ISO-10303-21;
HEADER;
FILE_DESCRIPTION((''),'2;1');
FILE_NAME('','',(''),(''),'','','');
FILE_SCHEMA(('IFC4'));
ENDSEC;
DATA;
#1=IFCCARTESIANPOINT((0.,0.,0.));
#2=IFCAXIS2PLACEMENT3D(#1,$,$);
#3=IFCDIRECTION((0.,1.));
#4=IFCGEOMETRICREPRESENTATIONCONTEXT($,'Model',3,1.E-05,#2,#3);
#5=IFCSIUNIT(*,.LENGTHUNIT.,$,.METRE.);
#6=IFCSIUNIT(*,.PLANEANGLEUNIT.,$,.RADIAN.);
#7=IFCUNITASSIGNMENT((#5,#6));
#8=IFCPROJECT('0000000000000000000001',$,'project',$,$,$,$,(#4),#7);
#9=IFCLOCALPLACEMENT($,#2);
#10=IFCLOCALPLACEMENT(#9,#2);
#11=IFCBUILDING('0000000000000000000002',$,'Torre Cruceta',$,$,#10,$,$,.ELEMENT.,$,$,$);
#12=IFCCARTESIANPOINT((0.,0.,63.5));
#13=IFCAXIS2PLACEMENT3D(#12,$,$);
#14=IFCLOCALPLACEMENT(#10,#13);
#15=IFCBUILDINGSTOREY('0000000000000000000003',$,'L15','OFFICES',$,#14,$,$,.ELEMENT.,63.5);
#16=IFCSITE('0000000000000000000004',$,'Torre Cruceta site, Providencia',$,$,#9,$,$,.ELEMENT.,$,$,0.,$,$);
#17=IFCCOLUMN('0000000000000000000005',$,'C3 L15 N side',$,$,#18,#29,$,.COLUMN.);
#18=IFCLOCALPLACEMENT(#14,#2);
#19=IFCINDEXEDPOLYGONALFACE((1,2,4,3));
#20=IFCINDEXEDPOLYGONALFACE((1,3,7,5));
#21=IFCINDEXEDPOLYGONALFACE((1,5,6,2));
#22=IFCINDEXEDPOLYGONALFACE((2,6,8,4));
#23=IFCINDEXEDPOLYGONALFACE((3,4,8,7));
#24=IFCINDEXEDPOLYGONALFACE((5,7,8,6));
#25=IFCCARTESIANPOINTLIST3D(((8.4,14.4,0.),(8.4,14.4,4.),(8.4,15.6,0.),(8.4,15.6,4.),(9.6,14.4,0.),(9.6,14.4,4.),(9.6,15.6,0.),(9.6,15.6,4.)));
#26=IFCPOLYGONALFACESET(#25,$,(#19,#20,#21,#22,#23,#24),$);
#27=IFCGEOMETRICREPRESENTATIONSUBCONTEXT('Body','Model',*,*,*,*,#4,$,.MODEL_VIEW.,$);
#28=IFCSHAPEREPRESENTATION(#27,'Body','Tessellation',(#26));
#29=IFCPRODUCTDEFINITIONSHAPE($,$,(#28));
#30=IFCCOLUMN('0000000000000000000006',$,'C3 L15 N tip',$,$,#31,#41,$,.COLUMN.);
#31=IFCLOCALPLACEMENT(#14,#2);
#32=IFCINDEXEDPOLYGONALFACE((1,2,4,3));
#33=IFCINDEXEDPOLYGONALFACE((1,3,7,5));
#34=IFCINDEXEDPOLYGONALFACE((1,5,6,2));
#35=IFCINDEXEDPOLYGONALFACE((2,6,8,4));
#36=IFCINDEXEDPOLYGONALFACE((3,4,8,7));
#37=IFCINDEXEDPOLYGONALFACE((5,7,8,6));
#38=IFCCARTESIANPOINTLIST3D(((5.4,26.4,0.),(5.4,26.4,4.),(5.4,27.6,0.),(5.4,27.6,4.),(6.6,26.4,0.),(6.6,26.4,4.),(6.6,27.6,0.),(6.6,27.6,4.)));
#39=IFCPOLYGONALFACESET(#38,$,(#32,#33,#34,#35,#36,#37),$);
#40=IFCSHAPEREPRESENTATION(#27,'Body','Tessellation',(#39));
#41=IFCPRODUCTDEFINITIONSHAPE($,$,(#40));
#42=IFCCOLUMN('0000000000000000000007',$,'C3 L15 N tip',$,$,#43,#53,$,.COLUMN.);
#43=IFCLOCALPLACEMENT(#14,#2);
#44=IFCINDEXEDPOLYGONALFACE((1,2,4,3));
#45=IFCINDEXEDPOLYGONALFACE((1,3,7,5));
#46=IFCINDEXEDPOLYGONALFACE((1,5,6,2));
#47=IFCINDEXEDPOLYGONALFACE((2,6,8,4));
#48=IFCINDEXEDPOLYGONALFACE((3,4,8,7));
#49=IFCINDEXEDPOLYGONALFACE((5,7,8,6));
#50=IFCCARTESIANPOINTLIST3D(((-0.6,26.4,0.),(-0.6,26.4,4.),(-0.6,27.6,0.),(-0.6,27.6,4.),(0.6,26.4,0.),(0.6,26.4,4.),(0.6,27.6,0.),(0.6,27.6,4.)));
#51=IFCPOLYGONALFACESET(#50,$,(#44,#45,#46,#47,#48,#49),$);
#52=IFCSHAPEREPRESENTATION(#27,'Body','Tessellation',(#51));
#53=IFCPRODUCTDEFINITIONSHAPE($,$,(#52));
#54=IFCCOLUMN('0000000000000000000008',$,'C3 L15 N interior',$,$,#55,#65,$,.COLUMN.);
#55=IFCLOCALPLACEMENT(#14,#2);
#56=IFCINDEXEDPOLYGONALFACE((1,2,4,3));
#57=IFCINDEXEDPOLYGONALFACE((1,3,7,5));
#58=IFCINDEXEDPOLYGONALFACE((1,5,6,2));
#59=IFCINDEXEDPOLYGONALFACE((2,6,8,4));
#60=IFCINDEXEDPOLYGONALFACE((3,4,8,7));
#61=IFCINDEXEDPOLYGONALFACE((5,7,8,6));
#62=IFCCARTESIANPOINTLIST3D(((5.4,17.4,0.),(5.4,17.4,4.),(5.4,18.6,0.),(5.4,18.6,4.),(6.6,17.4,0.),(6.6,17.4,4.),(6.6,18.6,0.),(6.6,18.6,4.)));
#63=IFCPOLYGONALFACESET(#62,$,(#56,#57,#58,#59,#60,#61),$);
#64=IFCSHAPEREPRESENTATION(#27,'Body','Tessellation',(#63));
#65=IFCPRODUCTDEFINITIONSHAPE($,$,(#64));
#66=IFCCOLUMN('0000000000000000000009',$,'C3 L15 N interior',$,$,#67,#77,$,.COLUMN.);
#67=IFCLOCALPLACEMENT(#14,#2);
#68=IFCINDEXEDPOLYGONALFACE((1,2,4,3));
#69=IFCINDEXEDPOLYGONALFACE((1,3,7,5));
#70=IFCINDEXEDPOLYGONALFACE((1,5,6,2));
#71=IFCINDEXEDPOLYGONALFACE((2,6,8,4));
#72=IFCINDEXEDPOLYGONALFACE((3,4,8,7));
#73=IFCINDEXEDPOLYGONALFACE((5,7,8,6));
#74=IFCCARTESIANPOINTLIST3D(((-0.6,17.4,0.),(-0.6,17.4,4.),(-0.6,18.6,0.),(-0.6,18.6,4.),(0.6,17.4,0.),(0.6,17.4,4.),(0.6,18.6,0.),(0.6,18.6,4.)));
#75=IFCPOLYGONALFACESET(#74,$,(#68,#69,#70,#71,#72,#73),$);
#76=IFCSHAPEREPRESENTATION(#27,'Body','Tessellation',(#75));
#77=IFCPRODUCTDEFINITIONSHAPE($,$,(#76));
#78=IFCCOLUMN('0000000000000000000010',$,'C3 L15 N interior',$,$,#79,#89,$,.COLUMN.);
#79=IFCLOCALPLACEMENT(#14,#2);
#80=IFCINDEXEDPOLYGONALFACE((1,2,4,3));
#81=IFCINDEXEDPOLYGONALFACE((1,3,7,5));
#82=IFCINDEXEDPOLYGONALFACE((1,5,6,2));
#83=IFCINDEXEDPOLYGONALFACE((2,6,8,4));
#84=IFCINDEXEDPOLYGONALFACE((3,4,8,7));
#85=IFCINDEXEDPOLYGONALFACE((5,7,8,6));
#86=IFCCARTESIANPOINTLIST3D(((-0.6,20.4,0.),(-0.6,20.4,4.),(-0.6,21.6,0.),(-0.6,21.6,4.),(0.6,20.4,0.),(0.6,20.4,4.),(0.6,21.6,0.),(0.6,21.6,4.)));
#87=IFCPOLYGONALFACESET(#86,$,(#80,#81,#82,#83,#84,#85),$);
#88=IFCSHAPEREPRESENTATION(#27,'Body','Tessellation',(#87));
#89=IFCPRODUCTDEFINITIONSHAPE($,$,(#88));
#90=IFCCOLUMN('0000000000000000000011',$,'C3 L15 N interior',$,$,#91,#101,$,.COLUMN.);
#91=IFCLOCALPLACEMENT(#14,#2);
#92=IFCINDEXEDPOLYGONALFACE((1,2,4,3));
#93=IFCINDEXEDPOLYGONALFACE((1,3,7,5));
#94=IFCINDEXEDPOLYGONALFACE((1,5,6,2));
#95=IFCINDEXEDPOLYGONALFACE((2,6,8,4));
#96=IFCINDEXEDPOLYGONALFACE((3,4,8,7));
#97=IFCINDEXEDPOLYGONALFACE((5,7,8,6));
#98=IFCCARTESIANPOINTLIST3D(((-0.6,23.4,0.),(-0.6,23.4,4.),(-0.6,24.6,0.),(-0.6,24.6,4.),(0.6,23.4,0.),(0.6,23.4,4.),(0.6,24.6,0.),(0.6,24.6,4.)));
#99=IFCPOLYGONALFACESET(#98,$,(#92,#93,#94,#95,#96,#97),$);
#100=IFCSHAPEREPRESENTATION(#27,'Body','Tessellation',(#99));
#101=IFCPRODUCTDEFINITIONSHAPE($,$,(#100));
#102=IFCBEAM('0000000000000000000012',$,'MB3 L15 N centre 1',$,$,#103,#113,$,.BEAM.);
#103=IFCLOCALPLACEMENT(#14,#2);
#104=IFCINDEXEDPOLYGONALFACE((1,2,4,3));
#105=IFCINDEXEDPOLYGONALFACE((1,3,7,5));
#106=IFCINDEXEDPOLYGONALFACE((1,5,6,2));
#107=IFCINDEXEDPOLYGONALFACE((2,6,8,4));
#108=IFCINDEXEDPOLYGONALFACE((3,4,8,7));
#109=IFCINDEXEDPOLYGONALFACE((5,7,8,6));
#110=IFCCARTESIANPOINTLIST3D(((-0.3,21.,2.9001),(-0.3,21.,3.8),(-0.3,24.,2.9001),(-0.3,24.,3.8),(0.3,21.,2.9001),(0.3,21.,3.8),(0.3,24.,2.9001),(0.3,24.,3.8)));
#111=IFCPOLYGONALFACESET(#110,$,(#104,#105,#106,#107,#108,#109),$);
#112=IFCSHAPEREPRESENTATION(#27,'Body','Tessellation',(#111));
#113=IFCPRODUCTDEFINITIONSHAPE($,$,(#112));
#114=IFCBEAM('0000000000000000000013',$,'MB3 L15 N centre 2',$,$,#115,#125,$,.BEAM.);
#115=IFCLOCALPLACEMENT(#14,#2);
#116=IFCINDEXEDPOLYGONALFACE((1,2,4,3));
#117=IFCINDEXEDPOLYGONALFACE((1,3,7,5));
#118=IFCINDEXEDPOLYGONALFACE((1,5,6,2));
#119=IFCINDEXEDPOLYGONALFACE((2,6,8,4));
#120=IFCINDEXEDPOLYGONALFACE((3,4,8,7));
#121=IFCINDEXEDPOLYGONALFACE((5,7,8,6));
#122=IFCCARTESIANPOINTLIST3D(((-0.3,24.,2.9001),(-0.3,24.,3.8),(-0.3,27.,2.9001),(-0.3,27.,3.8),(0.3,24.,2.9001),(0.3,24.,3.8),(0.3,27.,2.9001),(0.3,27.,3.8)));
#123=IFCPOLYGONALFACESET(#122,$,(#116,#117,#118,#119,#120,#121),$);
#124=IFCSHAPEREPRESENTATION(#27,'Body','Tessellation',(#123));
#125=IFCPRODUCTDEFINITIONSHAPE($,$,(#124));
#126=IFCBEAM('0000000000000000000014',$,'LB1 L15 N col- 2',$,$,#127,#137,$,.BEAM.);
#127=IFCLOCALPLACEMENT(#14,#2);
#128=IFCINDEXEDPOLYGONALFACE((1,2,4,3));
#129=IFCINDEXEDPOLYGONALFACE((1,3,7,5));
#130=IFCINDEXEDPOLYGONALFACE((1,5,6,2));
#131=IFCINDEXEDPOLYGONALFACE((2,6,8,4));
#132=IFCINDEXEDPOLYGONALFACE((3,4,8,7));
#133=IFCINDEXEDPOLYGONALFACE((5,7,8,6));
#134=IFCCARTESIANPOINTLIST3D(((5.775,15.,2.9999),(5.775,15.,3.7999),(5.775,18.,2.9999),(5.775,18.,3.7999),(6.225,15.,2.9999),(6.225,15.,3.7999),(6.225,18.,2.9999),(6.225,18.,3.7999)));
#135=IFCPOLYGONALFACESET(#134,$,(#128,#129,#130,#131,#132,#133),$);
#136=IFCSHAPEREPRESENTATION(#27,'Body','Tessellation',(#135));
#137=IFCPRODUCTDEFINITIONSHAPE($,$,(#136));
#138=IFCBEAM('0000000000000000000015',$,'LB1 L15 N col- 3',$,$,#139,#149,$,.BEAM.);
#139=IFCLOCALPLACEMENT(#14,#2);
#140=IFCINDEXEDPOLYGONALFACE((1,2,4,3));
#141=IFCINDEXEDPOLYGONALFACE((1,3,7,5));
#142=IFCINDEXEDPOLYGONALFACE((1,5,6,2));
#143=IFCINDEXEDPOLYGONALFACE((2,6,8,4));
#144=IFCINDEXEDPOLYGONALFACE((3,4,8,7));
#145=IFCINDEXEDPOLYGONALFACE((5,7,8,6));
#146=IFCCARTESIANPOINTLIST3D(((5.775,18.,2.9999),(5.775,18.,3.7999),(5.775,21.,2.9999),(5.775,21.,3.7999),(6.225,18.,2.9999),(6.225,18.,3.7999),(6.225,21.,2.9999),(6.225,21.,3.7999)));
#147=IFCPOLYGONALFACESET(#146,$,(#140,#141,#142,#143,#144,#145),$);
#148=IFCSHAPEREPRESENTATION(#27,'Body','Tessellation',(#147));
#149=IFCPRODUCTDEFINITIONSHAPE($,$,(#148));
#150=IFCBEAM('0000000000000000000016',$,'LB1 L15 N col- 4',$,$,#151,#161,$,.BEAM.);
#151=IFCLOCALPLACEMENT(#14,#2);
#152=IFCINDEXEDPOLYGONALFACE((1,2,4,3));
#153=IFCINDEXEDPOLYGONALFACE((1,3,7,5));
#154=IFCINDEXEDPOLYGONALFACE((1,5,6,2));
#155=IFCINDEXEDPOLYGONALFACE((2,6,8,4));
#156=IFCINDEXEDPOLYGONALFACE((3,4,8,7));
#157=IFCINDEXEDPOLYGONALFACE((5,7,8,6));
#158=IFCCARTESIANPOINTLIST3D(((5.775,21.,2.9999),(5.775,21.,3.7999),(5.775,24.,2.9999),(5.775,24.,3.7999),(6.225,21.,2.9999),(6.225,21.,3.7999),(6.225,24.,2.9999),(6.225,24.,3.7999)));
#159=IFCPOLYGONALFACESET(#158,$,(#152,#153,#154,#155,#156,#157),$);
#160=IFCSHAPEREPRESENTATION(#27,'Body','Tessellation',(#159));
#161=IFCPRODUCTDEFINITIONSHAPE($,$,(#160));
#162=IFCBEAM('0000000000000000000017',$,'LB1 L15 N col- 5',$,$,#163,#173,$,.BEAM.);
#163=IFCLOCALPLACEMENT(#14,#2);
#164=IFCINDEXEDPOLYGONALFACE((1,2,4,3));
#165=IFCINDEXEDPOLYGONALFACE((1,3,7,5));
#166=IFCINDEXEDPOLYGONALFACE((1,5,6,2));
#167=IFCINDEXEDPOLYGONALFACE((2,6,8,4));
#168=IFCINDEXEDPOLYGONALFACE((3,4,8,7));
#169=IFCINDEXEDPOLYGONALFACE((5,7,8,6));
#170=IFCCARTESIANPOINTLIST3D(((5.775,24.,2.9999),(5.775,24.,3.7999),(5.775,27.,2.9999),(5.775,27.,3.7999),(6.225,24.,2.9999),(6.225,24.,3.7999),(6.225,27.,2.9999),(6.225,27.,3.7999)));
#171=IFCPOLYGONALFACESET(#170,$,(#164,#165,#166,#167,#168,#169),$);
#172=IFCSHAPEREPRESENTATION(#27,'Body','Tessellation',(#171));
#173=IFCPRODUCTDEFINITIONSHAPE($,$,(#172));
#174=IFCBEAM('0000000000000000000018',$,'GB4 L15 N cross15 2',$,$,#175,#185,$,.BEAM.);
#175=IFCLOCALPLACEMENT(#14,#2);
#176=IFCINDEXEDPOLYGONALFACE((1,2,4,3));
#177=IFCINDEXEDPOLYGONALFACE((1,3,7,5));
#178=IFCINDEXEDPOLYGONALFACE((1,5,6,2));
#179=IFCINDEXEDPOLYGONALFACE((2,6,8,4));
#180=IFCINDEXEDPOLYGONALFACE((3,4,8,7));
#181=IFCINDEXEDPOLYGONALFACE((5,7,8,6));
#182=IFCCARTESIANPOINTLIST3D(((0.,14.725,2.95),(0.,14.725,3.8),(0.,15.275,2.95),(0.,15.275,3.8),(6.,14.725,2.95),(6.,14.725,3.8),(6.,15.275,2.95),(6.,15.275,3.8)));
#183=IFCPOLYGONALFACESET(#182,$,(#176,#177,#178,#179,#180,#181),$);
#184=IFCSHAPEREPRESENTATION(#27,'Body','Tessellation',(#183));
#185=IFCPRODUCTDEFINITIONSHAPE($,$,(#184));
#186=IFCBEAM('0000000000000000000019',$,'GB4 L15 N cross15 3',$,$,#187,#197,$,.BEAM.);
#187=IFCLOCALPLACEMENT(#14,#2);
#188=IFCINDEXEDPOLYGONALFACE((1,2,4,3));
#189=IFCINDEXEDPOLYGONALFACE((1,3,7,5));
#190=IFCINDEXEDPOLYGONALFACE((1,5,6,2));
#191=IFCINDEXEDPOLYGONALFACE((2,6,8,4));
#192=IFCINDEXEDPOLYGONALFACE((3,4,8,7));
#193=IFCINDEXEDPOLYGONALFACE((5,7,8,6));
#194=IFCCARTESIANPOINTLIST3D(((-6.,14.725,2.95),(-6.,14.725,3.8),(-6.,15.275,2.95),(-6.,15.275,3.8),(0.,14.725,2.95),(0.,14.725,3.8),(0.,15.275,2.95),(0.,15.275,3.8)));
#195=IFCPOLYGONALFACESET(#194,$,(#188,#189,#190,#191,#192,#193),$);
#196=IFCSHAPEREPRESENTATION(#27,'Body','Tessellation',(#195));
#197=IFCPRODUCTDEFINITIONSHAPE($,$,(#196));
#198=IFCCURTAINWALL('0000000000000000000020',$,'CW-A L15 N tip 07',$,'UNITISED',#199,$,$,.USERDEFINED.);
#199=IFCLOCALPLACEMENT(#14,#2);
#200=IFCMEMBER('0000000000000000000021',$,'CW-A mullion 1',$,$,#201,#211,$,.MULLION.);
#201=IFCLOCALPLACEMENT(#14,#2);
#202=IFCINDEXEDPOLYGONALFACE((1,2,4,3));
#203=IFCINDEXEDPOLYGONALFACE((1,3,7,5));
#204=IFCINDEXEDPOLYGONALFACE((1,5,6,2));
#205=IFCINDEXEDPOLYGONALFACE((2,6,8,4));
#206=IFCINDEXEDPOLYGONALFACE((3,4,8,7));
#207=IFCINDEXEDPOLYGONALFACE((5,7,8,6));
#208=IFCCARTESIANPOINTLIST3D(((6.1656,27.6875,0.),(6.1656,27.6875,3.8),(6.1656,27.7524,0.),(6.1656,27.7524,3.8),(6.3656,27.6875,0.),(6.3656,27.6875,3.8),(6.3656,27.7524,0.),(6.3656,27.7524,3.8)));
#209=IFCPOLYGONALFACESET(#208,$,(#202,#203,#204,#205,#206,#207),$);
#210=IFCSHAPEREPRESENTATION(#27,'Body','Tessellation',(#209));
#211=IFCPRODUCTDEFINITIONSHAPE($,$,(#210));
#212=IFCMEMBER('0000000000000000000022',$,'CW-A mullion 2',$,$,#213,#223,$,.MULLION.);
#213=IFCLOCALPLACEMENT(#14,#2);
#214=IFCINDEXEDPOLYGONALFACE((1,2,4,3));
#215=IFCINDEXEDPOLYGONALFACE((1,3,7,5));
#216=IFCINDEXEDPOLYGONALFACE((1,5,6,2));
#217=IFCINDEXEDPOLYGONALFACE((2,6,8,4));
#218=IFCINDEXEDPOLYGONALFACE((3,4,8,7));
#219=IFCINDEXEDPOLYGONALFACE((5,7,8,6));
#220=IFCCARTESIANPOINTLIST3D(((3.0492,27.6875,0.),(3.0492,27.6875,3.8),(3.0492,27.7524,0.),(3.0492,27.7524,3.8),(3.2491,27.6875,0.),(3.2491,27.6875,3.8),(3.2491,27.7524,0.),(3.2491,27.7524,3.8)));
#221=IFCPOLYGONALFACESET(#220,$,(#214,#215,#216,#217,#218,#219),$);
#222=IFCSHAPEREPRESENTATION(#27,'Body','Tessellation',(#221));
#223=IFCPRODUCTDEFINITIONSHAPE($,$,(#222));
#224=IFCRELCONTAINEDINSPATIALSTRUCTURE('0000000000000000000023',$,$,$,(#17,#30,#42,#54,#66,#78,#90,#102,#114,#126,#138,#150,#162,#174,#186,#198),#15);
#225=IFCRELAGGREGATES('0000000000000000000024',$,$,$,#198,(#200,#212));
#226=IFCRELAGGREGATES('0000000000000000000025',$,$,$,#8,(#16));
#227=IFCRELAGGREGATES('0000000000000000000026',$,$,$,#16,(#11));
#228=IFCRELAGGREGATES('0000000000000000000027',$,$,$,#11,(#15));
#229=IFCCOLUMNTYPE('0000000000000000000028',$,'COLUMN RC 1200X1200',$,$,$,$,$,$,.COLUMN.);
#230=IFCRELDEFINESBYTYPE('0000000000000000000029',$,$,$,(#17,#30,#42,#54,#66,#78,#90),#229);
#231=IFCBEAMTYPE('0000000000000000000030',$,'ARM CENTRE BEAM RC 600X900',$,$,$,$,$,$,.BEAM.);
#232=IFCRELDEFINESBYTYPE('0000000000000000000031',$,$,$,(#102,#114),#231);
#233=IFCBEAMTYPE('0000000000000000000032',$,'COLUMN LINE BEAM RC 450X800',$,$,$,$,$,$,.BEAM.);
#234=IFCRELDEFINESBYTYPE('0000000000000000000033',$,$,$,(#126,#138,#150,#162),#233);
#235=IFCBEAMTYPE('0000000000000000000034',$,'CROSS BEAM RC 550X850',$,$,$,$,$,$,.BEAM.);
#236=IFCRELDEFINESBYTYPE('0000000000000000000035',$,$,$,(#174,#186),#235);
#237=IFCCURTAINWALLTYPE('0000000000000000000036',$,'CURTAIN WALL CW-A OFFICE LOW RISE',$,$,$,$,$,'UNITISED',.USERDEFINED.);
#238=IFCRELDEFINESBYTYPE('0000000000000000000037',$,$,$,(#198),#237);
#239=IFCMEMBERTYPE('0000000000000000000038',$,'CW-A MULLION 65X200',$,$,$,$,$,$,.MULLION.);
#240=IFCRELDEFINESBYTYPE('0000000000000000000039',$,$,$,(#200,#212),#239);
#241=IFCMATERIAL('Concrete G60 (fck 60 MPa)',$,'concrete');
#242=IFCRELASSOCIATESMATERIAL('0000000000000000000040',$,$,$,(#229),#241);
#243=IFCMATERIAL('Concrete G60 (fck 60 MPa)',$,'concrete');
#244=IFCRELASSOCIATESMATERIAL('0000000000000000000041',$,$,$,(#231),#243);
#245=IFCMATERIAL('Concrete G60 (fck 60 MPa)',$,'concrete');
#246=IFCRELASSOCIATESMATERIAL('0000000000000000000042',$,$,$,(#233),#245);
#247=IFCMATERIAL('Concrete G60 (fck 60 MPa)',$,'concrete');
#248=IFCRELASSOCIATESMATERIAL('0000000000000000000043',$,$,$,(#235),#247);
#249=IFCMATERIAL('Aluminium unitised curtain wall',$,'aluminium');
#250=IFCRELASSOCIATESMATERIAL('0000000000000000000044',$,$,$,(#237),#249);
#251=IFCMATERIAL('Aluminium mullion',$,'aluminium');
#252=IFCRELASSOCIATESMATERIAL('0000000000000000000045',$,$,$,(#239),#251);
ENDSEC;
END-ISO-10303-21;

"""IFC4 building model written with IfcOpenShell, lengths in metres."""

from ifc_helpers import new_model, si_unit, direction, frame, origin, origin_2d, place, context, subcontext, project, spatial, rectangle, extrude, material, material_profile, profile_set, type_object, element, aggregate, save


model = new_model("IFC4")

# Units and contexts
model_context = context("Model", 3, precision=1e-05, world=origin(), true_north=direction((0.0, 1.0)))
body_context = subcontext(model_context, "Body", "Model", "MODEL_VIEW")
ifc_project = project(units=[si_unit("LENGTHUNIT", "METRE"), si_unit("PLANEANGLEUNIT", "RADIAN")], contexts=[model_context])

# Site, building, storey
site_placement = place(None, origin())
site = spatial("IfcSite", under=ifc_project, at=site_placement, Name="Torre Cruceta site, Providencia", CompositionType="ELEMENT", RefElevation=0.0)
building_placement = place(site_placement, origin())
building = spatial("IfcBuilding", under=site, at=building_placement, Name="Torre Cruceta", CompositionType="ELEMENT")
storey_placement = place(building_placement, frame((0.0, 0.0, 63.5)))
storey = spatial("IfcBuildingStorey", under=building, at=storey_placement, Name="L15", Description="OFFICES", CompositionType="ELEMENT", Elevation=63.5)

# Columns
ifc_material_1 = material(Name="Concrete G60 (fck 60 MPa)", Category="concrete")
ifc_material_profile_1 = material_profile(ifc_material_1, rectangle(XDim=1.2, YDim=1.2, at=origin_2d()), Name="RC 1200X1200")
ifc_profile_set_1 = profile_set([ifc_material_profile_1], Name="Concrete G60 (fck 60 MPa)")
column_type = type_object("IfcColumnType", Name="COLUMN RC 1200X1200", PredefinedType="COLUMN", material=ifc_profile_set_1)
for number, where, z_axis, x_axis, name in (
    (1, (9.0, 15.0, 0.0), (0.0, 0.0, 1.0), (1.0, 0.0, 0.0), "C3 L15 N side"),
    (2, (6.0, 27.0, 0.0), (0.0, 0.0, 1.0), (1.0, 0.0, 0.0), "C3 L15 N tip"),
    (3, (0.0, 27.0, 0.0), (0.0, 0.0, 1.0), (1.0, 0.0, 0.0), "C3 L15 N tip"),
    (4, (6.0, 18.0, 0.0), (0.0, 0.0, 1.0), (1.0, 0.0, 0.0), "C3 L15 N interior"),
    (5, (0.0, 18.0, 0.0), (0.0, 0.0, 1.0), (1.0, 0.0, 0.0), "C3 L15 N interior"),
    (6, (0.0, 21.0, 0.0), (0.0, 0.0, 1.0), (1.0, 0.0, 0.0), "C3 L15 N interior"),
    (7, (0.0, 24.0, 0.0), (0.0, 0.0, 1.0), (1.0, 0.0, 0.0), "C3 L15 N interior"),
):
    element("IfcColumn", number, at=place(storey_placement, frame(where, z_axis=z_axis, x_axis=x_axis)), inside=storey, type_object=column_type, Name=name, PredefinedType="COLUMN", context=body_context, shape_type="SweptSolid", body=[
        extrude(rectangle(XDim=1.2, YDim=1.2, at=origin_2d()), origin(), (0.0, 0.0, 1.0), 4.0),
    ])

# Beams
ifc_material_2 = material(Name="Concrete G60 (fck 60 MPa)", Category="concrete")
ifc_material_profile_2 = material_profile(ifc_material_2, rectangle(XDim=0.6001, YDim=0.8999, at=origin_2d()), Name="RC 600X900")
ifc_profile_set_2 = profile_set([ifc_material_profile_2], Name="Concrete G60 (fck 60 MPa)")
beam_type_1 = type_object("IfcBeamType", Name="ARM CENTRE BEAM RC 600X900", PredefinedType="BEAM", material=ifc_profile_set_2)
for number, where, z_axis, x_axis, name in (
    (8, (0.0, 21.0, 3.3501), (0.0, 1.0, 0.0), (-1.0, 0.0, 0.0), "MB3 L15 N centre 1"),
    (9, (0.0, 24.0, 3.3501), (0.0, 1.0, 0.0), (-1.0, 0.0, 0.0), "MB3 L15 N centre 2"),
):
    element("IfcBeam", number, at=place(storey_placement, frame(where, z_axis=z_axis, x_axis=x_axis)), inside=storey, type_object=beam_type_1, Name=name, PredefinedType="BEAM", context=body_context, shape_type="SweptSolid", body=[
        extrude(rectangle(XDim=0.6001, YDim=0.8999, at=origin_2d()), origin(), (0.0, 0.0, 1.0), 3.0),
    ])
ifc_material_3 = material(Name="Concrete G60 (fck 60 MPa)", Category="concrete")
ifc_material_profile_3 = material_profile(ifc_material_3, rectangle(XDim=0.45, YDim=0.8, at=origin_2d()), Name="RC 450X800")
ifc_profile_set_3 = profile_set([ifc_material_profile_3], Name="Concrete G60 (fck 60 MPa)")
beam_type_2 = type_object("IfcBeamType", Name="COLUMN LINE BEAM RC 450X800", PredefinedType="BEAM", material=ifc_profile_set_3)
for number, where, z_axis, x_axis, name in (
    (10, (6.0, 15.0, 3.3999), (0.0, 1.0, 0.0), (-1.0, 0.0, 0.0), "LB1 L15 N col- 2"),
    (11, (6.0, 18.0, 3.3999), (0.0, 1.0, 0.0), (-1.0, 0.0, 0.0), "LB1 L15 N col- 3"),
    (12, (6.0, 21.0, 3.3999), (0.0, 1.0, 0.0), (-1.0, 0.0, 0.0), "LB1 L15 N col- 4"),
    (13, (6.0, 24.0, 3.3999), (0.0, 1.0, 0.0), (-1.0, 0.0, 0.0), "LB1 L15 N col- 5"),
):
    element("IfcBeam", number, at=place(storey_placement, frame(where, z_axis=z_axis, x_axis=x_axis)), inside=storey, type_object=beam_type_2, Name=name, PredefinedType="BEAM", context=body_context, shape_type="SweptSolid", body=[
        extrude(rectangle(XDim=0.45, YDim=0.8, at=origin_2d()), origin(), (0.0, 0.0, 1.0), 3.0),
    ])
ifc_material_4 = material(Name="Concrete G60 (fck 60 MPa)", Category="concrete")
ifc_material_profile_4 = material_profile(ifc_material_4, rectangle(XDim=0.55, YDim=0.8501, at=origin_2d()), Name="RC 550X850")
ifc_profile_set_4 = profile_set([ifc_material_profile_4], Name="Concrete G60 (fck 60 MPa)")
beam_type_3 = type_object("IfcBeamType", Name="CROSS BEAM RC 550X850", PredefinedType="BEAM", material=ifc_profile_set_4)
for number, where, z_axis, x_axis, name in (
    (14, (6.0, 15.0, 3.375), (-1.0, 0.0, 0.0), (0.0, -1.0, 0.0), "GB4 L15 N cross15 2"),
    (15, (0.0, 15.0, 3.375), (-1.0, 0.0, 0.0), (0.0, -1.0, 0.0), "GB4 L15 N cross15 3"),
):
    element("IfcBeam", number, at=place(storey_placement, frame(where, z_axis=z_axis, x_axis=x_axis)), inside=storey, type_object=beam_type_3, Name=name, PredefinedType="BEAM", context=body_context, shape_type="SweptSolid", body=[
        extrude(rectangle(XDim=0.55, YDim=0.8501, at=origin_2d()), origin(), (0.0, 0.0, 1.0), 6.0),
    ])

# Curtain wall, members
ifc_material_5 = material(Name="Aluminium unitised curtain wall", Category="aluminium")
curtain_wall_type = type_object("IfcCurtainWallType", Name="CURTAIN WALL CW-A OFFICE LOW RISE", ElementType="UNITISED", PredefinedType="USERDEFINED", material=ifc_material_5)
curtain_wall_placement = place(storey_placement, origin())
curtain_wall = element("IfcCurtainWall", 16, at=curtain_wall_placement, inside=storey, type_object=curtain_wall_type, Name="CW-A L15 N tip 07", ObjectType="UNITISED", PredefinedType="USERDEFINED")
ifc_material_6 = material(Name="Aluminium mullion", Category="aluminium")
ifc_material_profile_5 = material_profile(ifc_material_6, rectangle(XDim=0.0649, YDim=0.2, at=origin_2d()), Name="AL 65X200")
ifc_profile_set_5 = profile_set([ifc_material_profile_5], Name="Aluminium mullion")
member_type_1 = type_object("IfcMemberType", Name="CW-A MULLION 65X200", PredefinedType="MULLION", material=ifc_profile_set_5)
member_1_placement = place(storey_placement, frame((6.2656, 27.72, 0.0), z_axis=(0.0, 0.0, 1.0), x_axis=(0.0, -1.0, 0.0)))
member_1 = element("IfcMember", 17, at=member_1_placement, type_object=member_type_1, Name="CW-A mullion 1", PredefinedType="MULLION", context=body_context, shape_type="SweptSolid", body=[
    extrude(rectangle(XDim=0.0649, YDim=0.2, at=origin_2d()), origin(), (0.0, 0.0, 1.0), 3.8),
])
member_2_placement = place(storey_placement, frame((3.1492, 27.72, 0.0), z_axis=(0.0, 0.0, 1.0), x_axis=(0.0, -1.0, 0.0)))
member_2 = element("IfcMember", 18, at=member_2_placement, type_object=member_type_1, Name="CW-A mullion 2", PredefinedType="MULLION", context=body_context, shape_type="SweptSolid", body=[
    extrude(rectangle(XDim=0.0649, YDim=0.2, at=origin_2d()), origin(), (0.0, 0.0, 1.0), 3.8),
])

aggregate(curtain_wall, [member_1, member_2])

save(model, "model.ifc")
